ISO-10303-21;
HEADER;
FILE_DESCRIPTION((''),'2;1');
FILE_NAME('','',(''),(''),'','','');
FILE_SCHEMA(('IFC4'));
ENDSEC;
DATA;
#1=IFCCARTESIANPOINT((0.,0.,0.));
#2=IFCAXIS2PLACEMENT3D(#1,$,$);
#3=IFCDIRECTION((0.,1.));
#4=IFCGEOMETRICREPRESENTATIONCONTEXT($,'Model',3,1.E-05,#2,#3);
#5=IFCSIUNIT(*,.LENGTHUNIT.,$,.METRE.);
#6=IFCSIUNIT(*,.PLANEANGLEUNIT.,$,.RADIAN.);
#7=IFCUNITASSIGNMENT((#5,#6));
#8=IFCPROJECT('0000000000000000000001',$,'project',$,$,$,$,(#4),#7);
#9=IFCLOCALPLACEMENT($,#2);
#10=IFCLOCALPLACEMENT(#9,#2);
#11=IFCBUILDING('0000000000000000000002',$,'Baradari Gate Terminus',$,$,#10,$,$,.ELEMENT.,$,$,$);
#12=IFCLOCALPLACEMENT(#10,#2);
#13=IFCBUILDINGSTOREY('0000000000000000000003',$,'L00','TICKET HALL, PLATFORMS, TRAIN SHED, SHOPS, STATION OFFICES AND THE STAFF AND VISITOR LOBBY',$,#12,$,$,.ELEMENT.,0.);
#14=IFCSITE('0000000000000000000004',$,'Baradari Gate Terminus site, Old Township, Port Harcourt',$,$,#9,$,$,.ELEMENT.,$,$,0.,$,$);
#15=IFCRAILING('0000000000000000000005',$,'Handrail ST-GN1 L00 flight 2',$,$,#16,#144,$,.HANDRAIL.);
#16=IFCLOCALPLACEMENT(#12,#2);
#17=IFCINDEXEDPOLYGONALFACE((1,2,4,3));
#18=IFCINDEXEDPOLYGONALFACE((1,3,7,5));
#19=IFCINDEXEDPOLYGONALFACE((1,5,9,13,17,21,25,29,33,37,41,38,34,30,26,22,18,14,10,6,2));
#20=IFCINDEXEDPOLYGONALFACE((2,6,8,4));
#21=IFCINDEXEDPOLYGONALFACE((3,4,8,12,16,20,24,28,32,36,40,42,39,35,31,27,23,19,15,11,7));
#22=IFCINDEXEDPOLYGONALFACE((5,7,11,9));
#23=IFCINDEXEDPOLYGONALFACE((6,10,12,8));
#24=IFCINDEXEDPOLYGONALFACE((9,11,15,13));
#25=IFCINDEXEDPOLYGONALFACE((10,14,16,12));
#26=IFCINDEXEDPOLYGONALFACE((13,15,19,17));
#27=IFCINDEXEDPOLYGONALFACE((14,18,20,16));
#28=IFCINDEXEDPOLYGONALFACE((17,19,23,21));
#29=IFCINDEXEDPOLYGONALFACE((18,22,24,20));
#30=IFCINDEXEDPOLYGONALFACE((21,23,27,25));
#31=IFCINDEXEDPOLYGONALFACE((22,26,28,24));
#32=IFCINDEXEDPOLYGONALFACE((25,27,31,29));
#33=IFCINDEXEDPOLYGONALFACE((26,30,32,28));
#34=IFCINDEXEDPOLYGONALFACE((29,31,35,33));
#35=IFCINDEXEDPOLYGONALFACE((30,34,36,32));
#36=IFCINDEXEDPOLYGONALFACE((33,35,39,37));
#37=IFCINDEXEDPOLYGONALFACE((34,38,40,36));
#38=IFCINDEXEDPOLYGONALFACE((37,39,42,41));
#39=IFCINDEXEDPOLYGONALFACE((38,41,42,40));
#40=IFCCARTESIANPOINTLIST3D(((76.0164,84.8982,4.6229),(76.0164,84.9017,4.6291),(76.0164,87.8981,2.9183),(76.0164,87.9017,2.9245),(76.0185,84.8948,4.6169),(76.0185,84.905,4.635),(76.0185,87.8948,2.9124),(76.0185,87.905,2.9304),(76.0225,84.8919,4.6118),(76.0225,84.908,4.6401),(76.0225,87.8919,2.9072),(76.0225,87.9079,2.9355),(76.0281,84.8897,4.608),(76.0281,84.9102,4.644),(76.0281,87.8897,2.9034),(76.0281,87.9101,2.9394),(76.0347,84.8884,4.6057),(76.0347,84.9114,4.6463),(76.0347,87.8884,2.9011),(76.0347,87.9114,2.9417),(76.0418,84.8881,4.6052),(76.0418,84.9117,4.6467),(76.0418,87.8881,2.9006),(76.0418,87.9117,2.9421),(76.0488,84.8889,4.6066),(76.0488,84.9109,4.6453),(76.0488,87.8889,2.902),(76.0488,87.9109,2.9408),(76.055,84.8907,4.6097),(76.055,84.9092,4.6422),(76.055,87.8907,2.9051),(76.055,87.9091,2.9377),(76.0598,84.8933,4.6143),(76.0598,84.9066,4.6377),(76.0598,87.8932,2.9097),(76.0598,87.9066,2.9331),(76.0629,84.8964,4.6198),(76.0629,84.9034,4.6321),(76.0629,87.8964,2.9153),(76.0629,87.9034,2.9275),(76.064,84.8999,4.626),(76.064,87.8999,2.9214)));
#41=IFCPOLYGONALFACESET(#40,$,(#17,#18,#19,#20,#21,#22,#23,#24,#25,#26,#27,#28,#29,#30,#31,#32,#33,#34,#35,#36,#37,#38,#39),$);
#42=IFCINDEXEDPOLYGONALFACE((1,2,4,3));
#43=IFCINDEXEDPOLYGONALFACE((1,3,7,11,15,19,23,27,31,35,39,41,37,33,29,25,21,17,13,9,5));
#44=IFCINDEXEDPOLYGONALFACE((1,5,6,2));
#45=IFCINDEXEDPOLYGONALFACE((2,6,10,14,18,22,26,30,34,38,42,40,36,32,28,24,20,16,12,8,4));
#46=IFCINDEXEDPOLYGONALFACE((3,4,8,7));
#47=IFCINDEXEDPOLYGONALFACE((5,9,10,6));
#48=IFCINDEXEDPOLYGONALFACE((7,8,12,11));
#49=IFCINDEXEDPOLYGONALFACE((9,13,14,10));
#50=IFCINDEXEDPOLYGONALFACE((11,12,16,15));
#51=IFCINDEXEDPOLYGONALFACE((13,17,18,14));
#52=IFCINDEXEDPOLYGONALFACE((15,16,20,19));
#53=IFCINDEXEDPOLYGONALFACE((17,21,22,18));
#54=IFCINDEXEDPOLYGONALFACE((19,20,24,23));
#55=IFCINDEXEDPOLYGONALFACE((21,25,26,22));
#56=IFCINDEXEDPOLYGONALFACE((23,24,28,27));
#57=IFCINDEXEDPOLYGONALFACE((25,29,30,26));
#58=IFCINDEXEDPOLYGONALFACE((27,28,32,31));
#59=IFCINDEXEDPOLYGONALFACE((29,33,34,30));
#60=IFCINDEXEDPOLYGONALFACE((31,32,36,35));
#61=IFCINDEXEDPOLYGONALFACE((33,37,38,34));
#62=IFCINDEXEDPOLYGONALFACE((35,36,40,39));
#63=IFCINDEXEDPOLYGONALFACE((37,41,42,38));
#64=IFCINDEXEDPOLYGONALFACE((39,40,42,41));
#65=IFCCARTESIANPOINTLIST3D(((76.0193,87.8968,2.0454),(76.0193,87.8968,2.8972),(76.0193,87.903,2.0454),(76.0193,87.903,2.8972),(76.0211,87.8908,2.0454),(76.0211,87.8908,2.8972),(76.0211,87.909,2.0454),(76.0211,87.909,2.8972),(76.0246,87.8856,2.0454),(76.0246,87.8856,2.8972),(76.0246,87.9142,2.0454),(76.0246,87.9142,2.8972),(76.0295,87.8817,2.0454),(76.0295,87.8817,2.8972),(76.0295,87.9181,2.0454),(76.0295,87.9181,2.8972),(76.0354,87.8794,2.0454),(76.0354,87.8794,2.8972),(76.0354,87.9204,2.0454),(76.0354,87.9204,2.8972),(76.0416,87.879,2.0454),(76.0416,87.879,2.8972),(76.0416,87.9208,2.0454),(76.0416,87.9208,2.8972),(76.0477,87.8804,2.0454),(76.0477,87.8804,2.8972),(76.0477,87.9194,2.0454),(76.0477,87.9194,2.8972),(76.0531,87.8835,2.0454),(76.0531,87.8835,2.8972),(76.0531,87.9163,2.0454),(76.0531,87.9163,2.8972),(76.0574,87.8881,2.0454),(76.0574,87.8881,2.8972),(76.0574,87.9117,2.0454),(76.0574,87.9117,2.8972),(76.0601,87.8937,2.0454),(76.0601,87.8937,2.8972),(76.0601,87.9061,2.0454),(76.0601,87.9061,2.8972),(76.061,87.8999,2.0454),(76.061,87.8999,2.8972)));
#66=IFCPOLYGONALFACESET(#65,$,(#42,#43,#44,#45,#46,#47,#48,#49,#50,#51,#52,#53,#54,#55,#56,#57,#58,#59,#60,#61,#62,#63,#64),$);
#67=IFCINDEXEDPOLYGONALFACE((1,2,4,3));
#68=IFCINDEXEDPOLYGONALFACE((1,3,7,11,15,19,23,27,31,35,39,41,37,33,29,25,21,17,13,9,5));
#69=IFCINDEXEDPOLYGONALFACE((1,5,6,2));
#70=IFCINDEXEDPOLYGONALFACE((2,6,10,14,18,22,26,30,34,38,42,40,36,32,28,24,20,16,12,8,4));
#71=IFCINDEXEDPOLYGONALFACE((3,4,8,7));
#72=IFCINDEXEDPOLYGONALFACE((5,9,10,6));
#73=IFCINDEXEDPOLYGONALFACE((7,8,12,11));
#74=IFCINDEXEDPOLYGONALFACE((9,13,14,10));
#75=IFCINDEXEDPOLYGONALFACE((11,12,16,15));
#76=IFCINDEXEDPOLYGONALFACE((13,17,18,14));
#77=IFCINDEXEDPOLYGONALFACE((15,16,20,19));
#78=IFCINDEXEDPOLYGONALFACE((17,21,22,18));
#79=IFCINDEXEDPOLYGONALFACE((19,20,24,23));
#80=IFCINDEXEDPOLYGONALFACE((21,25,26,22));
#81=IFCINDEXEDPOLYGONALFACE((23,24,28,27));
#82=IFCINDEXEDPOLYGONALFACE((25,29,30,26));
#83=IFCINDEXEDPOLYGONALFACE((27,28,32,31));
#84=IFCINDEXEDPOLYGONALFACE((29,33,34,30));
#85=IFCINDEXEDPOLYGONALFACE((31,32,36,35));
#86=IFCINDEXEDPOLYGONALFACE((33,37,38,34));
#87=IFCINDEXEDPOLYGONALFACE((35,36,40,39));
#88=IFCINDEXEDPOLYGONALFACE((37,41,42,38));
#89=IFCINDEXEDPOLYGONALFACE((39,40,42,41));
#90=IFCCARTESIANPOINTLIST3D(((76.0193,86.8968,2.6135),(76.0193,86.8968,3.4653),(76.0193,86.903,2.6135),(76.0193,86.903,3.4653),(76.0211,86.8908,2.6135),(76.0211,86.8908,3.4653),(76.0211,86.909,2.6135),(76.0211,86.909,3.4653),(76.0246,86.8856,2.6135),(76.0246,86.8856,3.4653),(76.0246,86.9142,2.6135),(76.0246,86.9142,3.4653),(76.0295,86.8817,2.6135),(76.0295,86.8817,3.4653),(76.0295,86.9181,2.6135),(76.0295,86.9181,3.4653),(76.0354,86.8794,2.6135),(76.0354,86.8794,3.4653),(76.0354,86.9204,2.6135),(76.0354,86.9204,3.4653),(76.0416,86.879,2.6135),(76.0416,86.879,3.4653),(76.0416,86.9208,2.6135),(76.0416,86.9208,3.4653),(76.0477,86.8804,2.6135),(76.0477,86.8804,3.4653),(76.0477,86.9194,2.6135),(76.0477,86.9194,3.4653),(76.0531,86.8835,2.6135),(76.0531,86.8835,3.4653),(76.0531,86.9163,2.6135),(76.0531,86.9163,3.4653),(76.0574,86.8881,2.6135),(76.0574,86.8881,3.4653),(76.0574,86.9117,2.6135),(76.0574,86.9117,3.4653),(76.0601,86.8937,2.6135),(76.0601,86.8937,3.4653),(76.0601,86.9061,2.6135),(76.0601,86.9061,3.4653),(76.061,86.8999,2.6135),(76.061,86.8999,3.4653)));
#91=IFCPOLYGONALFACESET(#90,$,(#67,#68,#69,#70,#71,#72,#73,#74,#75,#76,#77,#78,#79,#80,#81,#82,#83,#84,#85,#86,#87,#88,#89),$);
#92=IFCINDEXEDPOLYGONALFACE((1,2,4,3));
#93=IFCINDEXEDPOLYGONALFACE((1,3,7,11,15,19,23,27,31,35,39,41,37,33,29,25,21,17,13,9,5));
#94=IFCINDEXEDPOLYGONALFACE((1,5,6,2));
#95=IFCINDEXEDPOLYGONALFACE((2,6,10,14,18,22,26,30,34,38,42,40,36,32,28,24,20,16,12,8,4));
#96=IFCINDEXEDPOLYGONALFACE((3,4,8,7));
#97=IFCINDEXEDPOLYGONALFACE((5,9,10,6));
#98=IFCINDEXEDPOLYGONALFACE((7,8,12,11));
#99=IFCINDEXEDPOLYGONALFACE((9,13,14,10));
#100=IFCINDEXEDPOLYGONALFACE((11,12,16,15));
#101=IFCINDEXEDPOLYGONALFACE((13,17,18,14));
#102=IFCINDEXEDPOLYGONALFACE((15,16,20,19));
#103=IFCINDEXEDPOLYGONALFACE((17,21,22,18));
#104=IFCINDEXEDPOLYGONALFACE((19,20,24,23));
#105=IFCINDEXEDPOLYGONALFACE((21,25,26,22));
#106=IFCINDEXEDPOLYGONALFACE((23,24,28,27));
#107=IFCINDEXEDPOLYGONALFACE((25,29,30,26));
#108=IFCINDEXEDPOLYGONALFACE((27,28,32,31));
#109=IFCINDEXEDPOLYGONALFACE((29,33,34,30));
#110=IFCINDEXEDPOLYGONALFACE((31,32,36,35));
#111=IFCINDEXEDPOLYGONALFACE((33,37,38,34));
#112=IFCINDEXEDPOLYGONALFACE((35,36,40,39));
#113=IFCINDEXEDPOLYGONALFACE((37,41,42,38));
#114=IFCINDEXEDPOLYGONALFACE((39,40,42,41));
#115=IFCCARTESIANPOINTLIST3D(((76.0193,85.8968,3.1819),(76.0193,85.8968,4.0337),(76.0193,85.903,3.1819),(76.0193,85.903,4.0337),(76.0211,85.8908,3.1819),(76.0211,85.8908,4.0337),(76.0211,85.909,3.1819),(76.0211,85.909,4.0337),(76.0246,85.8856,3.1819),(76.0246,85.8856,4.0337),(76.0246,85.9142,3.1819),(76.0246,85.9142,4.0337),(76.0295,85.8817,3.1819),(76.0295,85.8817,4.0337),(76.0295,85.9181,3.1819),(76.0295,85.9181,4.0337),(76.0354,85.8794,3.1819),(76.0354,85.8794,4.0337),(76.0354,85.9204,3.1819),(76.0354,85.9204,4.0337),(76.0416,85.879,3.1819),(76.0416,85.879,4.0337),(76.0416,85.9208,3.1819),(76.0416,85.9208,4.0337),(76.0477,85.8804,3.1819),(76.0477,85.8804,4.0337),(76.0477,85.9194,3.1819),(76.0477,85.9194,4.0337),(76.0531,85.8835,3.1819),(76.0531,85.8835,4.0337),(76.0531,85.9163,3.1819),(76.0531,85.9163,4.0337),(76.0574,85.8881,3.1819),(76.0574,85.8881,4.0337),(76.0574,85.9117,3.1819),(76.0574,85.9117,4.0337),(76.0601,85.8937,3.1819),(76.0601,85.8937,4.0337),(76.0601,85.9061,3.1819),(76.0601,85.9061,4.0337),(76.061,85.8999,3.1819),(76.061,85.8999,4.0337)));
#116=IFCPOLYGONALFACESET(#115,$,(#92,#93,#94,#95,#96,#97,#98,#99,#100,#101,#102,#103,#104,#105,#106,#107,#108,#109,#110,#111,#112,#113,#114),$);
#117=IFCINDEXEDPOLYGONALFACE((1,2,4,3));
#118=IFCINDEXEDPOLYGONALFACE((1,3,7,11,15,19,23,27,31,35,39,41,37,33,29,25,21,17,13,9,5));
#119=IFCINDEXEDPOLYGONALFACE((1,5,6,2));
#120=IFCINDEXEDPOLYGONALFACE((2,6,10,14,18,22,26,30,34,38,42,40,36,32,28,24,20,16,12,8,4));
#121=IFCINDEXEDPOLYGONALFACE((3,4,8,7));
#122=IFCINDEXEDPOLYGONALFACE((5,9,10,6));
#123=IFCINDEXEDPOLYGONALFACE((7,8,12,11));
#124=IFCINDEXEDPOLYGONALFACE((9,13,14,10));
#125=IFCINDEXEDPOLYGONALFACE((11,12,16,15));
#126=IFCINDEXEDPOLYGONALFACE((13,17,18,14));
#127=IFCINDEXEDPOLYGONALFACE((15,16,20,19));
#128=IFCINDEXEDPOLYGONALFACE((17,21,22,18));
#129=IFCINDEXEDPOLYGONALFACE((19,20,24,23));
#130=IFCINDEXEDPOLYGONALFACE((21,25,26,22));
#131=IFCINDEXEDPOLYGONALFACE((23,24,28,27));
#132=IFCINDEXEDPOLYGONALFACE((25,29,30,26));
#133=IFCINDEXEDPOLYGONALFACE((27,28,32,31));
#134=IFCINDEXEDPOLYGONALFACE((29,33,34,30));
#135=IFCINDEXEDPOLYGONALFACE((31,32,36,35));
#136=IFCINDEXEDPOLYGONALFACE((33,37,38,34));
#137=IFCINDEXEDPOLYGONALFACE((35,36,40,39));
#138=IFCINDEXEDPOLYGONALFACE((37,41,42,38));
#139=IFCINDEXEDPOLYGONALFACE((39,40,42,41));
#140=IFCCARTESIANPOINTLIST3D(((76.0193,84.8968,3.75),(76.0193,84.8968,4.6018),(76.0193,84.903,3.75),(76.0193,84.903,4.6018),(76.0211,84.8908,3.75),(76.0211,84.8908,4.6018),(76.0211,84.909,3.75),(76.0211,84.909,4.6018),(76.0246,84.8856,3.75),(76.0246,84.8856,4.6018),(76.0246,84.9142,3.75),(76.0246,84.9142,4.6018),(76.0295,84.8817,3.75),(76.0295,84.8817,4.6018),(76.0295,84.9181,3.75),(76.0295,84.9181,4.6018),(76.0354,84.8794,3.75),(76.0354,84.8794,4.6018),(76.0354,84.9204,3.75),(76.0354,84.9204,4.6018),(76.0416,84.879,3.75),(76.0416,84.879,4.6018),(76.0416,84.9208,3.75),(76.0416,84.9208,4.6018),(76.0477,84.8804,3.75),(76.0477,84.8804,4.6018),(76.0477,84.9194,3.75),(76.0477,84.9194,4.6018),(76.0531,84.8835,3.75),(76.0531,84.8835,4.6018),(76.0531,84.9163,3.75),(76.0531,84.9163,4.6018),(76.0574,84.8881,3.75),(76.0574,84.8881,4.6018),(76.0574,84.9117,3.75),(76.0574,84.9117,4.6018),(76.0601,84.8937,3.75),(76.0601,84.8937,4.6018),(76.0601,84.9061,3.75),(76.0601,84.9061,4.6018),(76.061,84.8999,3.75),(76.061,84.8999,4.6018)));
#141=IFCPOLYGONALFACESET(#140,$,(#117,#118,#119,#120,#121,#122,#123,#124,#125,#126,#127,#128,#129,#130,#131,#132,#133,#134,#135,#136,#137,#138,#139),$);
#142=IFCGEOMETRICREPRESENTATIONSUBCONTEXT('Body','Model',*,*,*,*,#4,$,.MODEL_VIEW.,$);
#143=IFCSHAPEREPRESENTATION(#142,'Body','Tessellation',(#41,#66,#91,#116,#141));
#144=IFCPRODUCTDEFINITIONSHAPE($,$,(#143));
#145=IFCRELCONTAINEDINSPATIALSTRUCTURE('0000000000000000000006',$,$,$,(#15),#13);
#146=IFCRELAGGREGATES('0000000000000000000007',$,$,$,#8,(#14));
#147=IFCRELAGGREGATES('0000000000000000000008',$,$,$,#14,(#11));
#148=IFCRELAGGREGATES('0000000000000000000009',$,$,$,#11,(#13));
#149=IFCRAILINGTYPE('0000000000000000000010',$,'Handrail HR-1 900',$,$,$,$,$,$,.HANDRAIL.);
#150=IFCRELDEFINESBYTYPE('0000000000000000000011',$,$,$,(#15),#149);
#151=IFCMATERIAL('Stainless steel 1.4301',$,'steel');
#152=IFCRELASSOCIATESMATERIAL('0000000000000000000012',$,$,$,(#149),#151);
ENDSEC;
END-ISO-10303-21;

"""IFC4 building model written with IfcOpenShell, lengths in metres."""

from ifc_helpers import new_model, si_unit, direction, frame, origin, origin_2d, place, context, subcontext, project, spatial, circle, extrude, material, type_object, element, save


model = new_model("IFC4")

# Units and contexts
model_context = context("Model", 3, precision=1e-05, world=origin(), true_north=direction((0.0, 1.0)))
body_context = subcontext(model_context, "Body", "Model", "MODEL_VIEW")
ifc_project = project(units=[si_unit("LENGTHUNIT", "METRE"), si_unit("PLANEANGLEUNIT", "RADIAN")], contexts=[model_context])

# Site, building, storey
site_placement = place(None, origin())
site = spatial("IfcSite", under=ifc_project, at=site_placement, Name="Baradari Gate Terminus site, Old Township, Port Harcourt", CompositionType="ELEMENT", RefElevation=0.0)
building_placement = place(site_placement, origin())
building = spatial("IfcBuilding", under=site, at=building_placement, Name="Baradari Gate Terminus", CompositionType="ELEMENT")
storey_placement = place(building_placement, origin())
storey = spatial("IfcBuildingStorey", under=building, at=storey_placement, Name="L00", Description="TICKET HALL, PLATFORMS, TRAIN SHED, SHOPS, STATION OFFICES AND THE STAFF AND VISITOR LOBBY", CompositionType="ELEMENT", Elevation=0.0)

# Railing
ifc_material_1 = material(Name="Stainless steel 1.4301", Category="steel")
railing_type_1 = type_object("IfcRailingType", Name="Handrail HR-1 900", PredefinedType="HANDRAIL", material=ifc_material_1)
for number, where, name in (
    (1, (76.04, 87.8999, 2.0454), "Handrail ST-GN1 L00 flight 2"),
):
    element("IfcRailing", number, at=place(storey_placement, frame(where)), inside=storey, type_object=railing_type_1, Name=name, PredefinedType="HANDRAIL", context=body_context, shape_type="SweptSolid", body=[
        extrude(circle(Radius=0.0239, at=origin_2d()), frame((0.0, 0.0, 0.876), z_axis=(0.0, -0.869451, 0.494019), x_axis=(1.0, 0.0, 0.0)), (0.0, 0.0, 1.0), 3.4504),
        extrude(circle(Radius=0.021, at=origin_2d()), origin(), (0.0, 0.0, 1.0), 0.8518),
        extrude(circle(Radius=0.021, at=origin_2d()), frame((0.0, -1.0, 0.5681)), (0.0, 0.0, 1.0), 0.8518),
        extrude(circle(Radius=0.021, at=origin_2d()), frame((0.0, -2.0, 1.1365)), (0.0, 0.0, 1.0), 0.8518),
        extrude(circle(Radius=0.021, at=origin_2d()), frame((0.0, -3.0, 1.7046)), (0.0, 0.0, 1.0), 0.8518),
    ])

save(model, "model.ifc")
